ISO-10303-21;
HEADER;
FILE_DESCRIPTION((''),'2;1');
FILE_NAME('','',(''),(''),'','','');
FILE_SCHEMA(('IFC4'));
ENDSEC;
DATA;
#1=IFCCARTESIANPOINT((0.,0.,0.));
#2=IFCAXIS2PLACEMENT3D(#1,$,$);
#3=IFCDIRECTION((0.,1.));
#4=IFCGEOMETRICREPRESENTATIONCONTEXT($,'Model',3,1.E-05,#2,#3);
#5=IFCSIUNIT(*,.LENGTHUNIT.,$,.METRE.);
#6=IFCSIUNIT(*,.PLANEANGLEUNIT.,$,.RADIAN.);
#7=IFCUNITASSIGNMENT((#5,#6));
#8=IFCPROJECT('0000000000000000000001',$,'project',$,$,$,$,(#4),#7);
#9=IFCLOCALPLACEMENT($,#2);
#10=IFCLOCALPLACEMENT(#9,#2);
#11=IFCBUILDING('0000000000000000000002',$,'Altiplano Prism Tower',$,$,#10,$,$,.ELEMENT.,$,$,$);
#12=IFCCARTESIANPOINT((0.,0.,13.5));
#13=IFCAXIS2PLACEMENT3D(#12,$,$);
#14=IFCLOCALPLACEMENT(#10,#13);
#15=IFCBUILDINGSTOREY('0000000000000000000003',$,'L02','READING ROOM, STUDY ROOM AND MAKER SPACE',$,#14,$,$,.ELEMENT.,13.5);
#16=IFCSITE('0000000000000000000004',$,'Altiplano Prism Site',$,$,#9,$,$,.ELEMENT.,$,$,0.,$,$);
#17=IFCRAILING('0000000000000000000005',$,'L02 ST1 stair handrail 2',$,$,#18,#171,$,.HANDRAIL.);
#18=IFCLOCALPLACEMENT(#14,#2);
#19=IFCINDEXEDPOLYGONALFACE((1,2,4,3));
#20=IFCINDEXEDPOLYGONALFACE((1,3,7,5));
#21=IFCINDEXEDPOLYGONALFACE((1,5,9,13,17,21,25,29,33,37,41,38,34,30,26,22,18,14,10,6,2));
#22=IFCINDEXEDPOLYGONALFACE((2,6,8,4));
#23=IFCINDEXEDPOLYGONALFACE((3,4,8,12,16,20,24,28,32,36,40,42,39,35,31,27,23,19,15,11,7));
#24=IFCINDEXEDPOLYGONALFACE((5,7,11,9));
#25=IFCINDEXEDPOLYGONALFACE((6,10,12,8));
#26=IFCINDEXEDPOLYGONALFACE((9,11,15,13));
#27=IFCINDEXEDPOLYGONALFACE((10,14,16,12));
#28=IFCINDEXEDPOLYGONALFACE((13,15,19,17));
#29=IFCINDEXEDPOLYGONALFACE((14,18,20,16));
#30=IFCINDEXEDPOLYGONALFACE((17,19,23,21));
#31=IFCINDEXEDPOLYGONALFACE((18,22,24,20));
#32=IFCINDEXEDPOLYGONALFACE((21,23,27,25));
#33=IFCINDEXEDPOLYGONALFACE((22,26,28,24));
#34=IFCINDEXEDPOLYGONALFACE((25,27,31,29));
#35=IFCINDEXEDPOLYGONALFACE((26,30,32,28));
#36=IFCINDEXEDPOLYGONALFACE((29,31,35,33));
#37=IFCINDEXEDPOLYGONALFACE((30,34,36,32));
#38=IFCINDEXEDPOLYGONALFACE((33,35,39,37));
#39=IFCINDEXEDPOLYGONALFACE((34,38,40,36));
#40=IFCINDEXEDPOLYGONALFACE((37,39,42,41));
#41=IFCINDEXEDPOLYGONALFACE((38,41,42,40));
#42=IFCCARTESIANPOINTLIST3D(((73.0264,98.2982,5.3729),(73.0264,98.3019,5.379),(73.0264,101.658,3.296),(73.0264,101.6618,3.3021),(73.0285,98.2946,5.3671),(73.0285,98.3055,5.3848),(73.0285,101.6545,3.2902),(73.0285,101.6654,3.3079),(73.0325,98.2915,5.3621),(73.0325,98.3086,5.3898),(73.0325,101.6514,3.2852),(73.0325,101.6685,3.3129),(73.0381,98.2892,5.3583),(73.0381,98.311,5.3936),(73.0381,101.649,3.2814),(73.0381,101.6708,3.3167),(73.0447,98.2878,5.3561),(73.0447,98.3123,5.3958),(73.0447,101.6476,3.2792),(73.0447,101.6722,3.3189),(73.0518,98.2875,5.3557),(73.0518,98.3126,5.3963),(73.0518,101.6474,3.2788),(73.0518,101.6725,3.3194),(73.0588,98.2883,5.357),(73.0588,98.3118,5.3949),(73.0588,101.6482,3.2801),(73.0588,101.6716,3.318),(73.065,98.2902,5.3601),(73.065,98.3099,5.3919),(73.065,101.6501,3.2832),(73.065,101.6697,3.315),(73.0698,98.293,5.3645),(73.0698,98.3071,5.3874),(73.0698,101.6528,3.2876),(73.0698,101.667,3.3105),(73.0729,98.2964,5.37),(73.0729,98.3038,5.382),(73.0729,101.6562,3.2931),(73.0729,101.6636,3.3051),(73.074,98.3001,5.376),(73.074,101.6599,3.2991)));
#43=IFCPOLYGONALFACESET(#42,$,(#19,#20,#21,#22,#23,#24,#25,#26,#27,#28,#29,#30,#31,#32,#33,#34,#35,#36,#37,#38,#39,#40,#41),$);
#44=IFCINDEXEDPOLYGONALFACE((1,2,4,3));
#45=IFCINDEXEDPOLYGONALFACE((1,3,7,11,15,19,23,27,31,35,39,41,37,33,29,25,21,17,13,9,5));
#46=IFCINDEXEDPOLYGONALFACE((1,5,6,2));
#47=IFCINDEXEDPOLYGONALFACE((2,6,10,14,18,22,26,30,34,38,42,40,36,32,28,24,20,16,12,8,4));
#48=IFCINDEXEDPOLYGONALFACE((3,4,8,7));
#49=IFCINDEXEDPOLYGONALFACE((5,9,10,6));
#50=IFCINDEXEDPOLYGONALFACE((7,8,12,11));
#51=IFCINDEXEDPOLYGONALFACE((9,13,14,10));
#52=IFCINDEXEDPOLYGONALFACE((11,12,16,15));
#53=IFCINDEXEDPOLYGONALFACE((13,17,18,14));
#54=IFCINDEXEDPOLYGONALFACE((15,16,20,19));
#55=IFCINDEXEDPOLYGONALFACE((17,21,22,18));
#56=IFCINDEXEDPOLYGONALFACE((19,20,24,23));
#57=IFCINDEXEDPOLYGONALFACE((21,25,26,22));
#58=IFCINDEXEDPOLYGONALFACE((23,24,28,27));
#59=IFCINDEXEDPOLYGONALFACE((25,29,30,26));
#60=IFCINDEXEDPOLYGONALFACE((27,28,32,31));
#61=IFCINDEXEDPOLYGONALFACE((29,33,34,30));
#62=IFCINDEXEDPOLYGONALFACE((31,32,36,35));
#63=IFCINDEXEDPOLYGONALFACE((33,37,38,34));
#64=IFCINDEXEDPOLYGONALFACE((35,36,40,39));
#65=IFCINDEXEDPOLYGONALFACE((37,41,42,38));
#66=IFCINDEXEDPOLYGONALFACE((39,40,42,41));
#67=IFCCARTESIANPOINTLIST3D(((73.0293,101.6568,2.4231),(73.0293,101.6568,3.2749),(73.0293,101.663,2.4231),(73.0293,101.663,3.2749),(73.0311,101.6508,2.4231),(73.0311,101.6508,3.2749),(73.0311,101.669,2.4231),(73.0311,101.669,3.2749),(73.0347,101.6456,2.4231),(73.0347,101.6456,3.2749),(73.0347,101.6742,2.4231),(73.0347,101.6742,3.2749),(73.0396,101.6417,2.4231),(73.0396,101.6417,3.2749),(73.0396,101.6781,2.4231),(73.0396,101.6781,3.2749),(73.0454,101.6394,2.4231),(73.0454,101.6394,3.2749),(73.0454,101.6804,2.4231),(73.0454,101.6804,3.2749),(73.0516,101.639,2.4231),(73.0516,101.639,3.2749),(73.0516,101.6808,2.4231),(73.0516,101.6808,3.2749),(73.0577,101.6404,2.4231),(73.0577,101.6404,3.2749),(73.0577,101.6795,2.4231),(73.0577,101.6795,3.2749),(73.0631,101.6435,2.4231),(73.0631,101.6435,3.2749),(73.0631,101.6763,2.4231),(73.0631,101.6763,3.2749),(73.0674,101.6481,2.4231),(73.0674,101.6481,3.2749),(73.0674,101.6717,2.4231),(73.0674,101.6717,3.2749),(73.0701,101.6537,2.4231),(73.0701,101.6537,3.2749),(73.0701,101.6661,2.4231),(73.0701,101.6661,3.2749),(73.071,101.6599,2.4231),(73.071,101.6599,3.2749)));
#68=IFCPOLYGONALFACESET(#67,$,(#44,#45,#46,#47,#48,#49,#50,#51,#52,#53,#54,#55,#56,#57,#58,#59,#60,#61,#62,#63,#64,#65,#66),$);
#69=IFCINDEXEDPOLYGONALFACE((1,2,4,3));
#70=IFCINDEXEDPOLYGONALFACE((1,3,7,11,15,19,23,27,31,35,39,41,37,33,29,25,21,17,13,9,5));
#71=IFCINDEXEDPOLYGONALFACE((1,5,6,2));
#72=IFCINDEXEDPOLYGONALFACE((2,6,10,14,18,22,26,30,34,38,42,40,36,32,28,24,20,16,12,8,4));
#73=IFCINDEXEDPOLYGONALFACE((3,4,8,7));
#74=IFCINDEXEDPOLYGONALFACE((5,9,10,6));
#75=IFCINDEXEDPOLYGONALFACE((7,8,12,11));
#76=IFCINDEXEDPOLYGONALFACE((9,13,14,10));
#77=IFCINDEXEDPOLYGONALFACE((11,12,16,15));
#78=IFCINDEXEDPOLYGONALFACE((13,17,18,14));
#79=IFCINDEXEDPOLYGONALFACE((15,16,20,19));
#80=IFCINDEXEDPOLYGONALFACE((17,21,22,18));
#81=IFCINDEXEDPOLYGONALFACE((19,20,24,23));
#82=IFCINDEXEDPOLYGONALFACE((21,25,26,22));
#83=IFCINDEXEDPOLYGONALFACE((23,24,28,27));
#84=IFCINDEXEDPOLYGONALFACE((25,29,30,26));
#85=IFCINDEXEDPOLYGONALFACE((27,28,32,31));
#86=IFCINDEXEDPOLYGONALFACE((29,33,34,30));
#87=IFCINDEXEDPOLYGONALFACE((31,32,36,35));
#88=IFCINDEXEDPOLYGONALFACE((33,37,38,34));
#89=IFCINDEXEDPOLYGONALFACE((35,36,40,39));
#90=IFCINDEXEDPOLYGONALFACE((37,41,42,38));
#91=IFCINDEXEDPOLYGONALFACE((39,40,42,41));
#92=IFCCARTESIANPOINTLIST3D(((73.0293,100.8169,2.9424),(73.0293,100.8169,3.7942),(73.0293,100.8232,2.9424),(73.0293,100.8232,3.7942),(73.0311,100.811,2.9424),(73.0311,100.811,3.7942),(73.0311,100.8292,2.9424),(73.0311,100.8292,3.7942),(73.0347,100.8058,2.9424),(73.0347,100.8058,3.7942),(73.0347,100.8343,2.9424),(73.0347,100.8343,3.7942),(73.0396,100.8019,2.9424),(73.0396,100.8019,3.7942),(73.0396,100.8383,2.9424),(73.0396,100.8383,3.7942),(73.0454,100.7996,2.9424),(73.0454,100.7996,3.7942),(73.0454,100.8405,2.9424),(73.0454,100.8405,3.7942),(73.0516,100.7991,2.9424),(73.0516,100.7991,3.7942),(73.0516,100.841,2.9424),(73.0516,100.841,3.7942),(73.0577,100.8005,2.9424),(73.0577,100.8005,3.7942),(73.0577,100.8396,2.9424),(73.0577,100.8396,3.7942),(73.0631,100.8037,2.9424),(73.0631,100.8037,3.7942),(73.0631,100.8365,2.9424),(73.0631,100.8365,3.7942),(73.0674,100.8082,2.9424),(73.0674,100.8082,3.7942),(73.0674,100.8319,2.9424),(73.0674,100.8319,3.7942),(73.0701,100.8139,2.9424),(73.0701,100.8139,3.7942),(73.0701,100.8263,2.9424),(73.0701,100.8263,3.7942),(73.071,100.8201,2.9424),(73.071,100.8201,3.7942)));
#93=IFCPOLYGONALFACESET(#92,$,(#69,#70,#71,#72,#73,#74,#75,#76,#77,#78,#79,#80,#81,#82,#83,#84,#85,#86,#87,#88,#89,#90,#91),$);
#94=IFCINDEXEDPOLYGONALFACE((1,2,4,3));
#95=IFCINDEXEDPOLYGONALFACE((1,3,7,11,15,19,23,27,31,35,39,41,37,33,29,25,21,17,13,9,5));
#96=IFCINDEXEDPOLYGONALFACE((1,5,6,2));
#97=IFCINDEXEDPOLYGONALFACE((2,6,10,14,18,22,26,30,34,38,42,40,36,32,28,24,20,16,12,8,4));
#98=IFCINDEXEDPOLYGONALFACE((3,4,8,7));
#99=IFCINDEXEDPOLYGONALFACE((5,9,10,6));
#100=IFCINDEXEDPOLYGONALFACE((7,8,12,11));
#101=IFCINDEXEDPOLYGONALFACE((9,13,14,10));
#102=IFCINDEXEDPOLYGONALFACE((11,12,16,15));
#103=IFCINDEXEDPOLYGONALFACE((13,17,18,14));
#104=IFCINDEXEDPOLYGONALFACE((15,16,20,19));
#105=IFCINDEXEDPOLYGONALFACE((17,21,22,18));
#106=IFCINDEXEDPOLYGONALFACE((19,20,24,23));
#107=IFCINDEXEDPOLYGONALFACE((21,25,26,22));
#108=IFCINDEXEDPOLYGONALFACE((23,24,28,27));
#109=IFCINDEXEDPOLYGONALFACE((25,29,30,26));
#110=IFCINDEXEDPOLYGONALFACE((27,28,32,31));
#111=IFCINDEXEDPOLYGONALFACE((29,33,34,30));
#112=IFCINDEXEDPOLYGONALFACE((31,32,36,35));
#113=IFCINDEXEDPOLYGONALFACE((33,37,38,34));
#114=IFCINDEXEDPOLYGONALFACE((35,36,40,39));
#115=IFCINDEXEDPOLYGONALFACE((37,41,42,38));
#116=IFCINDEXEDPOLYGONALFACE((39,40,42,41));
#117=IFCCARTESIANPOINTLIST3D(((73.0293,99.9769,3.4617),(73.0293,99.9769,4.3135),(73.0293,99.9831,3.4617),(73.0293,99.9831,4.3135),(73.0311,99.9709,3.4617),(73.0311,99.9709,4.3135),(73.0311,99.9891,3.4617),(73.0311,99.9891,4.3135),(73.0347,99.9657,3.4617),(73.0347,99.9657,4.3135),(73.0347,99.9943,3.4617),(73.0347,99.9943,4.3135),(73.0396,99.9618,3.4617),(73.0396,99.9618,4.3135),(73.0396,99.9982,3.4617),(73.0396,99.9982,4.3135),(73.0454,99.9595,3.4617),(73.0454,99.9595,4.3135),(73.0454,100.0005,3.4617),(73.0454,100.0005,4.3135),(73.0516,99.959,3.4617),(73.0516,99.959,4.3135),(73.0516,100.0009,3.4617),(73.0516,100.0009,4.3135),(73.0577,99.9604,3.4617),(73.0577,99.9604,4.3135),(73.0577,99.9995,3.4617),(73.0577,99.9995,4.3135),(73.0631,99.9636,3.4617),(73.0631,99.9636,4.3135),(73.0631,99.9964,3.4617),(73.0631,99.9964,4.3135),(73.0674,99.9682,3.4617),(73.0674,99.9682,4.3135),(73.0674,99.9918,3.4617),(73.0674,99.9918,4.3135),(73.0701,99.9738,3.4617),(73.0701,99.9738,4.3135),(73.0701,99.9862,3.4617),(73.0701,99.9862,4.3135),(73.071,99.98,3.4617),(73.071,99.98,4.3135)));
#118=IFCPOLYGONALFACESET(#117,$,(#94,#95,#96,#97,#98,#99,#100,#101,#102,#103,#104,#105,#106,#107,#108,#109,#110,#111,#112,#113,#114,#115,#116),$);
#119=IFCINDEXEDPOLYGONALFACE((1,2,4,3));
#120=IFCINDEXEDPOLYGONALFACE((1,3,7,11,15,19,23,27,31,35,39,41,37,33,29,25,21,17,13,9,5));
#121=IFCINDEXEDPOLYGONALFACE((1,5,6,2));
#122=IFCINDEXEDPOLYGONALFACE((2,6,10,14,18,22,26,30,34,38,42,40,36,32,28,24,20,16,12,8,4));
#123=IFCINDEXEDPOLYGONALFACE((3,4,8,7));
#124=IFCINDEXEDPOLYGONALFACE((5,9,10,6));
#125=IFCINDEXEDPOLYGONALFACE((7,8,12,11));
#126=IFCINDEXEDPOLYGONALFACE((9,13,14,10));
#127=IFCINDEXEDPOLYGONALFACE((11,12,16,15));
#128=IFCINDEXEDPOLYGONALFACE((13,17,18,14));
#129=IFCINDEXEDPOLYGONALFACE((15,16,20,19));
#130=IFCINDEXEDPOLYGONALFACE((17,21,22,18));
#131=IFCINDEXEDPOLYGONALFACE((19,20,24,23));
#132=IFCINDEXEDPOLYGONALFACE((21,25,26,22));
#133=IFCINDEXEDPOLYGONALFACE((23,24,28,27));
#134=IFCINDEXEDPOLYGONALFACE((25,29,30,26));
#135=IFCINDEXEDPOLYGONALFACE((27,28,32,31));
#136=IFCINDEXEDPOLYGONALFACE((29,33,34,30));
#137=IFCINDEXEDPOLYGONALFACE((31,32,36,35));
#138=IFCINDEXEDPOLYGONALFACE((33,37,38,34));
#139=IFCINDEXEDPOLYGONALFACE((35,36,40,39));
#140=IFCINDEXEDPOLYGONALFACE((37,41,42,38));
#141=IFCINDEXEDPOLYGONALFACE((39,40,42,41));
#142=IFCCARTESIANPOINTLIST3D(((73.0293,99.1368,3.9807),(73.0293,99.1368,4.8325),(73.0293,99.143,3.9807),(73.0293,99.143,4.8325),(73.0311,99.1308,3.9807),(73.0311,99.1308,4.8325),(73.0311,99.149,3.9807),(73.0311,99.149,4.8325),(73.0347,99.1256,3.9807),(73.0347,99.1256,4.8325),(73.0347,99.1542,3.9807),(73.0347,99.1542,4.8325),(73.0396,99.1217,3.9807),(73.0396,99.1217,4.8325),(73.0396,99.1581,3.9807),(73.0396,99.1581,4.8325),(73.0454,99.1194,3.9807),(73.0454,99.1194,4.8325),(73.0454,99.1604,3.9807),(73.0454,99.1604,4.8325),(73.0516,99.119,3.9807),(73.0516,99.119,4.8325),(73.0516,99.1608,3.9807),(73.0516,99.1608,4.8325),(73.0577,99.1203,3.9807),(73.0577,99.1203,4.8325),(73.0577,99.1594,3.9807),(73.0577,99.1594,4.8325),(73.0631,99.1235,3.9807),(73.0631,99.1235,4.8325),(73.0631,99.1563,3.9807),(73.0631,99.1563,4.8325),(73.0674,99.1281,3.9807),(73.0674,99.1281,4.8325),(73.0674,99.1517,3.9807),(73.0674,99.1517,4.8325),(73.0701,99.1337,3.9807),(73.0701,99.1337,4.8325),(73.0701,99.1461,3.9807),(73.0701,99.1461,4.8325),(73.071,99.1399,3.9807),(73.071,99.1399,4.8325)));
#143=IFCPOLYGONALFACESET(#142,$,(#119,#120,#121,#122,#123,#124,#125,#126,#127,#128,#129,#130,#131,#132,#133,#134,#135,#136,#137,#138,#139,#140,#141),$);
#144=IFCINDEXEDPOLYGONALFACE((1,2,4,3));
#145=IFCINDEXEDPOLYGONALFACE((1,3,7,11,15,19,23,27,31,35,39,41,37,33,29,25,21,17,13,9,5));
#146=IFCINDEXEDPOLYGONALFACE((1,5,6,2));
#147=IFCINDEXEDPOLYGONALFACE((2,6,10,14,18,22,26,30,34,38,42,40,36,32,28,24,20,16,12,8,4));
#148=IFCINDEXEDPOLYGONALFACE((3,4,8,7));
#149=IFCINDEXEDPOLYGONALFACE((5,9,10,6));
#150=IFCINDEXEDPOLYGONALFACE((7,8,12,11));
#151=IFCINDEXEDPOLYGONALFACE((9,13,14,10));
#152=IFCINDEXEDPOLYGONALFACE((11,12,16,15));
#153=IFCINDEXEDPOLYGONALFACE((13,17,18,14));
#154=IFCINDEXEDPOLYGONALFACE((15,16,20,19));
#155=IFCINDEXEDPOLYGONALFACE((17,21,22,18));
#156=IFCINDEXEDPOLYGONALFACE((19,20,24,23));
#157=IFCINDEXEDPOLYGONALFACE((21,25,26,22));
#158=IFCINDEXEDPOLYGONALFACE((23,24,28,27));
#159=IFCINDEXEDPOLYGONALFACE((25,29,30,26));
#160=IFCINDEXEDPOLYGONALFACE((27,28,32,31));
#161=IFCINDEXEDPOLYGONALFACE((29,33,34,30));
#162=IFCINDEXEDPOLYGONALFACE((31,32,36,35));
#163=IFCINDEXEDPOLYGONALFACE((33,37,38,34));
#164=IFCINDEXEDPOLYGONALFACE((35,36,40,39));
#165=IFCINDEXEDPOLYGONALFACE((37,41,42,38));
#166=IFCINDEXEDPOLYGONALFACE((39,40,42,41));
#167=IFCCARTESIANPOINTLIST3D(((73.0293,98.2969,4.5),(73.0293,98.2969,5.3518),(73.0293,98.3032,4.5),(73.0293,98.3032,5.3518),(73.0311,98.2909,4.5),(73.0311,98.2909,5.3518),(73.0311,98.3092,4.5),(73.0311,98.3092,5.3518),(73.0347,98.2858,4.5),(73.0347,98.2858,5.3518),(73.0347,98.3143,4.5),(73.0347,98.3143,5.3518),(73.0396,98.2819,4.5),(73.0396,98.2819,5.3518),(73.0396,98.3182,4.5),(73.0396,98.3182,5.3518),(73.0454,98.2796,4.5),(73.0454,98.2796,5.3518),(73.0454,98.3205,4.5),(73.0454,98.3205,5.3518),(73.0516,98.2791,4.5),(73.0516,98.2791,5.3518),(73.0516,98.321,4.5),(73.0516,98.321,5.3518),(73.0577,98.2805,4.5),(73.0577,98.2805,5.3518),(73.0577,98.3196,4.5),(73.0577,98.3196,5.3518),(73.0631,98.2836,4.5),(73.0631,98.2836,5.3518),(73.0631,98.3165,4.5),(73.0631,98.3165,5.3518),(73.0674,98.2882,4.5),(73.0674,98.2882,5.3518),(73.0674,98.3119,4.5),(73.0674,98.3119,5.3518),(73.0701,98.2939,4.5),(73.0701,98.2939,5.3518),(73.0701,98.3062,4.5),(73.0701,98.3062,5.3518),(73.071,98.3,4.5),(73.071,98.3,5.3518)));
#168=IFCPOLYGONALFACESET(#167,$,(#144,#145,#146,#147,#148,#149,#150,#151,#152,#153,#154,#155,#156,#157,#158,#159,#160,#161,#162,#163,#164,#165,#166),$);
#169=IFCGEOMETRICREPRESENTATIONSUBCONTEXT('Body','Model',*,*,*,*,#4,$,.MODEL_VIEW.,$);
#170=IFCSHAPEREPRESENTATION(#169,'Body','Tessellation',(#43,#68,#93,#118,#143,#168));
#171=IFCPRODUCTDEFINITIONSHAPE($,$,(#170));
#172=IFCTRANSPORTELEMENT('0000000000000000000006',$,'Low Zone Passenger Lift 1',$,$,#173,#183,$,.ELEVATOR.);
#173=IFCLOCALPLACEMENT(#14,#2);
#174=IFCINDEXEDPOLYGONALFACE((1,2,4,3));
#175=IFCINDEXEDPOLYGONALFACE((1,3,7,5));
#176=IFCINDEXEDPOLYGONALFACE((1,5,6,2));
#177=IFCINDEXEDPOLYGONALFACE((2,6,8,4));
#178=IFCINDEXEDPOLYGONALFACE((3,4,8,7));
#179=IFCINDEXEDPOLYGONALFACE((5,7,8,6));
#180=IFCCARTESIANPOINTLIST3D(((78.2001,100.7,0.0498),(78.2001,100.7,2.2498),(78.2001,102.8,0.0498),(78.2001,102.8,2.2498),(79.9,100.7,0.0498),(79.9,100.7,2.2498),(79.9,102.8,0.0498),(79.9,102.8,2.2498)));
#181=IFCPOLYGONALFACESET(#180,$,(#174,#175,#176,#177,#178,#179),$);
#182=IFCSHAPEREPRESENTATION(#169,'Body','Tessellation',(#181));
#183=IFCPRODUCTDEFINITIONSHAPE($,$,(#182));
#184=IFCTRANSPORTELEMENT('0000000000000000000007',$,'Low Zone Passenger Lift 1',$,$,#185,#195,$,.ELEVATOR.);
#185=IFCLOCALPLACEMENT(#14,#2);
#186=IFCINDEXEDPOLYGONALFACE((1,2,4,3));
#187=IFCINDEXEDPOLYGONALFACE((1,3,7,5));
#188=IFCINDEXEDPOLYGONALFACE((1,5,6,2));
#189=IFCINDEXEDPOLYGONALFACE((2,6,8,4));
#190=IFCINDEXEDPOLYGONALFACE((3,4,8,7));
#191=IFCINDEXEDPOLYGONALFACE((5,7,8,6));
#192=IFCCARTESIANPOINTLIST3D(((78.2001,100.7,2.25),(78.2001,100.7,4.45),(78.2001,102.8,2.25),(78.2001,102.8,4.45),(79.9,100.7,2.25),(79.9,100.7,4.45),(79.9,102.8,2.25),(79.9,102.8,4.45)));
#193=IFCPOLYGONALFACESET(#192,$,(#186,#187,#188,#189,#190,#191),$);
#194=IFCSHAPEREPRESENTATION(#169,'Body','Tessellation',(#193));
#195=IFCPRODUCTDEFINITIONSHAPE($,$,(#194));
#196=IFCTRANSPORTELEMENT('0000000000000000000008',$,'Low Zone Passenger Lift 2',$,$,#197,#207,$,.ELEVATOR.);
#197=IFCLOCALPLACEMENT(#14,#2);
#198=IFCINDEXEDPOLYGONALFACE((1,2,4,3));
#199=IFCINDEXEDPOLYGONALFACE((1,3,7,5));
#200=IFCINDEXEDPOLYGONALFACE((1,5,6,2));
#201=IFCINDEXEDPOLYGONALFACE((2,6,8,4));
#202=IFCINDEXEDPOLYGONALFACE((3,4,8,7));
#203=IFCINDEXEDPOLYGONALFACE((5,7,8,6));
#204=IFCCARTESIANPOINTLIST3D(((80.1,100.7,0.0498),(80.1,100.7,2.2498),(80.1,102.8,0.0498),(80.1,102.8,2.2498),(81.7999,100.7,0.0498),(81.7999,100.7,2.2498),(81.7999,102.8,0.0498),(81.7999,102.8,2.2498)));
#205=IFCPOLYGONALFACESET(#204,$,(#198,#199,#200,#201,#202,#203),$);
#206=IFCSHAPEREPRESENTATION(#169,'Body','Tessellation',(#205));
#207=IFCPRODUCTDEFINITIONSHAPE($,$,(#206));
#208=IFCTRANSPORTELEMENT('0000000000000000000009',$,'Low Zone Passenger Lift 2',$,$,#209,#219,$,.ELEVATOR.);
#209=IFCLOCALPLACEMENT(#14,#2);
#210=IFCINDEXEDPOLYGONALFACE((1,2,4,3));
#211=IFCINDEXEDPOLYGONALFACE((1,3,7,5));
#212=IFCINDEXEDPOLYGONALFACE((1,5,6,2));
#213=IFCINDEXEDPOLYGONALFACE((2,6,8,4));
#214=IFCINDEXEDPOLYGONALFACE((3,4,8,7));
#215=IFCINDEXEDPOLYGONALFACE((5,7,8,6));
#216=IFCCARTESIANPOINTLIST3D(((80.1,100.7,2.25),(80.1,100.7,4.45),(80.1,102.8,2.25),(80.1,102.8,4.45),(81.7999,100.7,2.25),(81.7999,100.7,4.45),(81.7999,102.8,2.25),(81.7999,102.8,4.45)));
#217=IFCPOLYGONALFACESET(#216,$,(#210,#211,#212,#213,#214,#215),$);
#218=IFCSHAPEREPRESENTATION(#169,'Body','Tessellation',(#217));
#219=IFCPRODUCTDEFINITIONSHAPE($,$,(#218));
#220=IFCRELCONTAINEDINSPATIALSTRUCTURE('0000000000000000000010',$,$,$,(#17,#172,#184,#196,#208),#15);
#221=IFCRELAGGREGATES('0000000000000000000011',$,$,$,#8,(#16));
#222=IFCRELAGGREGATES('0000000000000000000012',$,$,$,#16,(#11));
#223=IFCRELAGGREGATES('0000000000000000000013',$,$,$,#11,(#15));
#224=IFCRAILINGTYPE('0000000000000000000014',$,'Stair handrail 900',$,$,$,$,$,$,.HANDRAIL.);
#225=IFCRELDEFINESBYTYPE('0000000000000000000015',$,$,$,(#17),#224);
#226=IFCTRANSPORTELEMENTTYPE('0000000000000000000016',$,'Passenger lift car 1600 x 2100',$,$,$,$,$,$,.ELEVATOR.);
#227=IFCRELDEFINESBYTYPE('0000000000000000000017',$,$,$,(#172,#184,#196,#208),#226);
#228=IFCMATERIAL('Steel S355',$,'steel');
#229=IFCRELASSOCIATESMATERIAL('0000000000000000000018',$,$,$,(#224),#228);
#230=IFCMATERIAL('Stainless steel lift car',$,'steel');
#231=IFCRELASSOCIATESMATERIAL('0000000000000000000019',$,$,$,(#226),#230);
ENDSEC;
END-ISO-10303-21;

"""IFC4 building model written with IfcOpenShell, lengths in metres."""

from ifc_helpers import new_model, si_unit, direction, frame, origin, origin_2d, place, context, subcontext, project, spatial, rectangle, circle, extrude, material, type_object, element, save


model = new_model("IFC4")

# Units and contexts
model_context = context("Model", 3, precision=1e-05, world=origin(), true_north=direction((0.0, 1.0)))
body_context = subcontext(model_context, "Body", "Model", "MODEL_VIEW")
ifc_project = project(units=[si_unit("LENGTHUNIT", "METRE"), si_unit("PLANEANGLEUNIT", "RADIAN")], contexts=[model_context])

# Site, building, storey
site_placement = place(None, origin())
site = spatial("IfcSite", under=ifc_project, at=site_placement, Name="Altiplano Prism Site", CompositionType="ELEMENT", RefElevation=0.0)
building_placement = place(site_placement, origin())
building = spatial("IfcBuilding", under=site, at=building_placement, Name="Altiplano Prism Tower", CompositionType="ELEMENT")
storey_placement = place(building_placement, frame((0.0, 0.0, 13.5)))
storey = spatial("IfcBuildingStorey", under=building, at=storey_placement, Name="L02", Description="READING ROOM, STUDY ROOM AND MAKER SPACE", CompositionType="ELEMENT", Elevation=13.5)

# Railing
ifc_material_1 = material(Name="Steel S355", Category="steel")
railing_type = type_object("IfcRailingType", Name="Stair handrail 900", PredefinedType="HANDRAIL", material=ifc_material_1)
railing_placement = place(storey_placement, frame((73.05, 101.6599, 2.4231)))
element("IfcRailing", 1, at=railing_placement, inside=storey, type_object=railing_type, Name="L02 ST1 stair handrail 2", PredefinedType="HANDRAIL", context=body_context, shape_type="SweptSolid", body=[
    extrude(circle(Radius=0.0239, at=origin_2d()), frame((0.0, 0.0, 0.876), z_axis=(0.0, -0.850606, 0.525803), x_axis=(1.0, 0.0, 0.0)), (0.0, 0.0, 1.0), 3.95),
    extrude(circle(Radius=0.021, at=origin_2d()), origin(), (0.0, 0.0, 1.0), 0.8518),
    extrude(circle(Radius=0.021, at=origin_2d()), frame((0.0, -0.8398, 0.5193)), (0.0, 0.0, 1.0), 0.8518),
    extrude(circle(Radius=0.021, at=origin_2d()), frame((0.0, -1.6799, 1.0386)), (0.0, 0.0, 1.0), 0.8518),
    extrude(circle(Radius=0.021, at=origin_2d()), frame((0.0, -2.52, 1.5576)), (0.0, 0.0, 1.0), 0.8518),
    extrude(circle(Radius=0.021, at=origin_2d()), frame((0.0, -3.3599, 2.0769)), (0.0, 0.0, 1.0), 0.8518),
])

# Transport elements
ifc_material_2 = material(Name="Stainless steel lift car", Category="steel")
transport_element_type = type_object("IfcTransportElementType", Name="Passenger lift car 1600 x 2100", PredefinedType="ELEVATOR", material=ifc_material_2)
for number, where, z_axis, x_axis, name in (
    (2, (79.05, 101.75, 0.0498), (0.0, 0.0, 1.0), (1.0, 0.0, 0.0), "Low Zone Passenger Lift 1"),
    (3, (79.05, 101.75, 2.25), (0.0, 0.0, 1.0), (1.0, 0.0, 0.0), "Low Zone Passenger Lift 1"),
    (4, (80.95, 101.75, 0.0498), (0.0, 0.0, 1.0), (1.0, 0.0, 0.0), "Low Zone Passenger Lift 2"),
    (5, (80.95, 101.75, 2.25), (0.0, 0.0, 1.0), (1.0, 0.0, 0.0), "Low Zone Passenger Lift 2"),
):
    element("IfcTransportElement", number, at=place(storey_placement, frame(where, z_axis=z_axis, x_axis=x_axis)), inside=storey, type_object=transport_element_type, Name=name, PredefinedType="ELEVATOR", context=body_context, shape_type="SweptSolid", body=[
        extrude(rectangle(XDim=1.7, YDim=2.1001, at=origin_2d()), origin(), (0.0, 0.0, 1.0), 2.2),
    ])

save(model, "model.ifc")
